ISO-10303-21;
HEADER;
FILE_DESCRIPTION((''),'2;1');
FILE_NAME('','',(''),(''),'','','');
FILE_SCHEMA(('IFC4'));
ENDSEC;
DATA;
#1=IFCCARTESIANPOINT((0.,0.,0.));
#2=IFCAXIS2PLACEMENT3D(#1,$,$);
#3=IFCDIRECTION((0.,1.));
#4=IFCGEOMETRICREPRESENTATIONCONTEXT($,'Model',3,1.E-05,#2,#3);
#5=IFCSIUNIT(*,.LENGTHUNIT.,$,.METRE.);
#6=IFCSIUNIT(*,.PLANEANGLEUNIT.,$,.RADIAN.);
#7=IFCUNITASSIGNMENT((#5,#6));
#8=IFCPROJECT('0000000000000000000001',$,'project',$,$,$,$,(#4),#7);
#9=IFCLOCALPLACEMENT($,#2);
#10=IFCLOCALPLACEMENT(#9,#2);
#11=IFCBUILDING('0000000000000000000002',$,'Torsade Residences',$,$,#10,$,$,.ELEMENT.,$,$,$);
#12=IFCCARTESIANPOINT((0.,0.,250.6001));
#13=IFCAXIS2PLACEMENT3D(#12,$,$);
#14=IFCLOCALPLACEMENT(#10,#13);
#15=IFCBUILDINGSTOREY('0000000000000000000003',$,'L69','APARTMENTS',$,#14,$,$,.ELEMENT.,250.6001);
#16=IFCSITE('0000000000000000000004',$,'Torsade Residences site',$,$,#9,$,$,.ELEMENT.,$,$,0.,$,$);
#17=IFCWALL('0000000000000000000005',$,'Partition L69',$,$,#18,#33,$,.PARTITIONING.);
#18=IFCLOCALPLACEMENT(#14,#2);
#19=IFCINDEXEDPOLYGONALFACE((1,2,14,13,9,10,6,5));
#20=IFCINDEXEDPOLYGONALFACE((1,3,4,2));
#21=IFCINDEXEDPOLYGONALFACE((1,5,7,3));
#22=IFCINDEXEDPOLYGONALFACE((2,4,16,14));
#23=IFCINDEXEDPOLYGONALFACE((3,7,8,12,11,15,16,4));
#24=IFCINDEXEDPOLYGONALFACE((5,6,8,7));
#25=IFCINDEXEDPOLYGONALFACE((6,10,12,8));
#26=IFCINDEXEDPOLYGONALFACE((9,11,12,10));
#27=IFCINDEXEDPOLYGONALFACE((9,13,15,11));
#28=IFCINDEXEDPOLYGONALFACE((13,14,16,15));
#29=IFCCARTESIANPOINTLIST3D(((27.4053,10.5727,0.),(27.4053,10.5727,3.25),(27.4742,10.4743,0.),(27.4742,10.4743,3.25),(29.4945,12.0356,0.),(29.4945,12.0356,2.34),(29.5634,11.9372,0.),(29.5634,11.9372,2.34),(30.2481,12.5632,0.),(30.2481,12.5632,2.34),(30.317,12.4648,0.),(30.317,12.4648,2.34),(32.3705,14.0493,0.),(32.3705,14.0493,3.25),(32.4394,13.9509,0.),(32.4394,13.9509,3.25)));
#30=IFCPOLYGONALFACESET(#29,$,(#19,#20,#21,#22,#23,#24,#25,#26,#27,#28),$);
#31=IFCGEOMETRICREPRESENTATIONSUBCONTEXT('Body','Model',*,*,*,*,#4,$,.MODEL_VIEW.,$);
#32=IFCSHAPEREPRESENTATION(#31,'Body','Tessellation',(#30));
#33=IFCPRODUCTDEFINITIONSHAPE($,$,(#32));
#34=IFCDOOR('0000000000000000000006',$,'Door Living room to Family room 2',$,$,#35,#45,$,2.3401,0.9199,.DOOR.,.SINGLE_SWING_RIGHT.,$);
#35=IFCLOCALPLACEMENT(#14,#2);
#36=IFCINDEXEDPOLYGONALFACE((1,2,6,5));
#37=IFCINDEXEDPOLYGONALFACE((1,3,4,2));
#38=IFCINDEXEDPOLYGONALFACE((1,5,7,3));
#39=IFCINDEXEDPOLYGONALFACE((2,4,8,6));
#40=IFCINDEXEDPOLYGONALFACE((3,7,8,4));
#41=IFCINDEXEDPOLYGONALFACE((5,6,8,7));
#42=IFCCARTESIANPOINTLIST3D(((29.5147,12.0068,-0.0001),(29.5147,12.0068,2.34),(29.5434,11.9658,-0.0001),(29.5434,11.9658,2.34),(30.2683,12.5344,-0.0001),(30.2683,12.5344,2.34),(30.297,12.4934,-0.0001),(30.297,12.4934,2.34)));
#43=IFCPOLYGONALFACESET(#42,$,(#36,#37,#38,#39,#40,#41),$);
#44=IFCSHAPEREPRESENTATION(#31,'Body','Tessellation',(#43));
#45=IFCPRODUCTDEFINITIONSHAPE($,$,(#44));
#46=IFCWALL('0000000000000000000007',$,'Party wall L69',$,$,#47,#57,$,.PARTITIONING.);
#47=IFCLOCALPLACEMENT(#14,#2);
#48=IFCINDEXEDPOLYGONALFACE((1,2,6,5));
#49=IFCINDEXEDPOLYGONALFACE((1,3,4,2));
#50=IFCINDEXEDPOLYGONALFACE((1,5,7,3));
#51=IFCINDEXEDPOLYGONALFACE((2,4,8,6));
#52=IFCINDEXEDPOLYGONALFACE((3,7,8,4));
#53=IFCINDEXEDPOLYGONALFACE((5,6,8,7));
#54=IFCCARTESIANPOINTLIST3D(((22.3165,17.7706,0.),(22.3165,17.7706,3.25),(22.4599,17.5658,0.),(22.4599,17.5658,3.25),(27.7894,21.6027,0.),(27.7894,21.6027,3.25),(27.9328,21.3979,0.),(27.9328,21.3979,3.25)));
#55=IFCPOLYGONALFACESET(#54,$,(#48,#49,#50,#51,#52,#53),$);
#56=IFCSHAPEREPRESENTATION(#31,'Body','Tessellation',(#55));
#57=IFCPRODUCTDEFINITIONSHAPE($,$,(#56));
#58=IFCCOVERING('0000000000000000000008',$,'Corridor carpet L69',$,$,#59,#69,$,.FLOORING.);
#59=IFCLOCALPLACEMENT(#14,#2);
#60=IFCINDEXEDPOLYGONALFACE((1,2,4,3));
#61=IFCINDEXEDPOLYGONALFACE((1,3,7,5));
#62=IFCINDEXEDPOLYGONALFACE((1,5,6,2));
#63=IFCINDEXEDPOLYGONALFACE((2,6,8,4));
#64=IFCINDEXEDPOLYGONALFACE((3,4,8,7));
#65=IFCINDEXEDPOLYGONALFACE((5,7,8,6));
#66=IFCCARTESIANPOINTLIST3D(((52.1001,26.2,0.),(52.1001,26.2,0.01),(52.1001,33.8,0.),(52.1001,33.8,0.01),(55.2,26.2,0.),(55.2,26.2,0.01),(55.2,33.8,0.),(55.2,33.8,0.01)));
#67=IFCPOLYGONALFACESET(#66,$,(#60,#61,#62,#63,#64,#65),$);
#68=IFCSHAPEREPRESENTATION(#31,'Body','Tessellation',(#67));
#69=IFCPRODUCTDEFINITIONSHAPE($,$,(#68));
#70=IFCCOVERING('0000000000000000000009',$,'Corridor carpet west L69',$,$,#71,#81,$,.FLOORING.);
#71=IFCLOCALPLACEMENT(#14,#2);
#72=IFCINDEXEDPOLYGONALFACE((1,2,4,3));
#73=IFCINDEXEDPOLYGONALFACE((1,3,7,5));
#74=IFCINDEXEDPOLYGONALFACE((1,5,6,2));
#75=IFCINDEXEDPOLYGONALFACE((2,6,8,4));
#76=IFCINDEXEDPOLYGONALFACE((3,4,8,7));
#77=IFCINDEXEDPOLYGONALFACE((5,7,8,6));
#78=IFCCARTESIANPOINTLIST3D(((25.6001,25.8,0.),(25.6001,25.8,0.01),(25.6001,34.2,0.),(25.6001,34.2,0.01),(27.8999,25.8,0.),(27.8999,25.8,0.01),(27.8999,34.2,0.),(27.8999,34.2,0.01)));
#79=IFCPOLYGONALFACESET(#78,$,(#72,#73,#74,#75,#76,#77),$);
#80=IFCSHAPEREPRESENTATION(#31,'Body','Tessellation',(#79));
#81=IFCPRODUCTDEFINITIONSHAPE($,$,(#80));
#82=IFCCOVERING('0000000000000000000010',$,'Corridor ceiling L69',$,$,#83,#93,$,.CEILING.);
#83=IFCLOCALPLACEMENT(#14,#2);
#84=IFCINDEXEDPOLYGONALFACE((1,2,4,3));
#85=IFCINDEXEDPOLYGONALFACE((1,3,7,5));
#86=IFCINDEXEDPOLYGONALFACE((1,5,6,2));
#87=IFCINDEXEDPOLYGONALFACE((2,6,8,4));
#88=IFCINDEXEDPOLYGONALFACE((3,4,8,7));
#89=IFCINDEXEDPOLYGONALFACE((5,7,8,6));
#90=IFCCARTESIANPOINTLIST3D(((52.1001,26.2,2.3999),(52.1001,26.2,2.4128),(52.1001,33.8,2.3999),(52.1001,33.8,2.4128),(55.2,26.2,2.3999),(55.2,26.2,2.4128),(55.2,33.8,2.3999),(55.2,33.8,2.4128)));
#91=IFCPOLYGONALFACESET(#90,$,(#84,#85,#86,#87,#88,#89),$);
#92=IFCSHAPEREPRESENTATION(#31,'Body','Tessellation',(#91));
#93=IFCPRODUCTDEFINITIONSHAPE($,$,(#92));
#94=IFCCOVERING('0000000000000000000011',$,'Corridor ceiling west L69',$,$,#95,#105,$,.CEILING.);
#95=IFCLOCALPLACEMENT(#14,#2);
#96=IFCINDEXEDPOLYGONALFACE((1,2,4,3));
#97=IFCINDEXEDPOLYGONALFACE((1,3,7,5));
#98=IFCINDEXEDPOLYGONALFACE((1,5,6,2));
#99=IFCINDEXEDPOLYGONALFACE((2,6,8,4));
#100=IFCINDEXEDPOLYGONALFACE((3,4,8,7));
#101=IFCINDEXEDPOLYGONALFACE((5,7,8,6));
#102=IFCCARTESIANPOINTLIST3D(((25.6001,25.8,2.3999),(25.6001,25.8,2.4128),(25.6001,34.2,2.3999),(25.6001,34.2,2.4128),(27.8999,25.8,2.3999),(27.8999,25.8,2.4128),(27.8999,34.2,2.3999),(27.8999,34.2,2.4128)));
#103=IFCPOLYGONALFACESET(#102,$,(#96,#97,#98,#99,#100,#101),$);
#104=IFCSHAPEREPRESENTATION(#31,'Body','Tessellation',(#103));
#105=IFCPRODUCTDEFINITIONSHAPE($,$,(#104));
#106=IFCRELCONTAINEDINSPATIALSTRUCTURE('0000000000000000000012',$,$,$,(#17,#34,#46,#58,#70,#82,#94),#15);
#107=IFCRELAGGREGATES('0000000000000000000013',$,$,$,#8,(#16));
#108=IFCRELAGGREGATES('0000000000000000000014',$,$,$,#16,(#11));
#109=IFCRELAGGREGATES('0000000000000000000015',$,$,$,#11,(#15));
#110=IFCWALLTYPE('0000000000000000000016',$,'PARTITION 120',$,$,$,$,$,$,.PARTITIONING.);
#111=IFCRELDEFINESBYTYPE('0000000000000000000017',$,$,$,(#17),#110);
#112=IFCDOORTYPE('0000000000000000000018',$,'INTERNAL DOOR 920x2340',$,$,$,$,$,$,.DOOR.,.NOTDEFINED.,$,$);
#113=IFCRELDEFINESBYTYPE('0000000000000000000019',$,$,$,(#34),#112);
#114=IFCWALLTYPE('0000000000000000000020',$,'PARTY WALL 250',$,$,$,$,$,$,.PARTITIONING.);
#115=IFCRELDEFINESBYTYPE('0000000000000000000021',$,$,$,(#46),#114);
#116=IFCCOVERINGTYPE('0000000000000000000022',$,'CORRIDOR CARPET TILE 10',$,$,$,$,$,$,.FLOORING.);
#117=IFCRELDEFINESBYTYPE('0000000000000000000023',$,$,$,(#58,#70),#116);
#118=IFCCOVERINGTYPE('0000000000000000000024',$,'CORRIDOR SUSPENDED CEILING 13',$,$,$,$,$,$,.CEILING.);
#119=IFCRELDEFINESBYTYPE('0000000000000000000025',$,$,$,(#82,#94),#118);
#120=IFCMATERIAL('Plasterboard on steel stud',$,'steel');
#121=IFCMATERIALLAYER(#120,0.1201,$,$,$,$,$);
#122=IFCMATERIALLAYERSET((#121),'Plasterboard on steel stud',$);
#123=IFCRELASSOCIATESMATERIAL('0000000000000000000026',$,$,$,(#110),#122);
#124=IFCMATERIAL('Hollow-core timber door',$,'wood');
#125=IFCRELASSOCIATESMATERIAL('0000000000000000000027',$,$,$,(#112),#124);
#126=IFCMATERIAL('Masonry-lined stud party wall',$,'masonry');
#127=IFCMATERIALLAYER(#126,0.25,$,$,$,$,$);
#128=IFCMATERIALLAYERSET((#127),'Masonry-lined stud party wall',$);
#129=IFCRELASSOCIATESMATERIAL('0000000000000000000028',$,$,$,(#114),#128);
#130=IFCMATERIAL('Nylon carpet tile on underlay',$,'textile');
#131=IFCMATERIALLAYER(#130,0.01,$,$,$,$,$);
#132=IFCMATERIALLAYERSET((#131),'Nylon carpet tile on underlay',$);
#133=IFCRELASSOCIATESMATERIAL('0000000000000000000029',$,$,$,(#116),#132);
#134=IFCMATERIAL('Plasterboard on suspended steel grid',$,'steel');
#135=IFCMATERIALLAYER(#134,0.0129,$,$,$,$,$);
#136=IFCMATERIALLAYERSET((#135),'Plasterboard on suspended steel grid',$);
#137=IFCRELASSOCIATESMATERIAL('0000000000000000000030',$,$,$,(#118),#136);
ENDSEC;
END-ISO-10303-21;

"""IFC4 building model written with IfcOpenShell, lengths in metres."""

from ifc_helpers import new_model, si_unit, direction, frame, frame_2d, origin, place, context, subcontext, project, spatial, polyline, rectangle, outline, extrude, material, layer, layer_set, type_object, element, fill, save


model = new_model("IFC4")

# Units and contexts
model_context = context("Model", 3, precision=1e-05, world=origin(), true_north=direction((0.0, 1.0)))
body_context = subcontext(model_context, "Body", "Model", "MODEL_VIEW")
ifc_project = project(units=[si_unit("LENGTHUNIT", "METRE"), si_unit("PLANEANGLEUNIT", "RADIAN")], contexts=[model_context])

# Site, building, storey
site_placement = place(None, origin())
site = spatial("IfcSite", under=ifc_project, at=site_placement, Name="Torsade Residences site", CompositionType="ELEMENT", RefElevation=0.0)
building_placement = place(site_placement, origin())
building = spatial("IfcBuilding", under=site, at=building_placement, Name="Torsade Residences", CompositionType="ELEMENT")
storey_placement = place(building_placement, frame((0.0, 0.0, 250.6001)))
storey = spatial("IfcBuildingStorey", under=building, at=storey_placement, Name="L69", Description="APARTMENTS", CompositionType="ELEMENT", Elevation=250.6001)

# Shared definitions
ifc_material_1 = material(Name="Plasterboard on steel stud", Category="steel")
ifc_layer_1 = layer(ifc_material_1, 0.1201)
ifc_layer_set_1 = layer_set([ifc_layer_1], Name="Plasterboard on steel stud")
wall_type_1 = type_object("IfcWallType", Name="PARTITION 120", PredefinedType="PARTITIONING", material=ifc_layer_set_1)

# Wall, opening, door
wall_1_placement = place(storey_placement, frame((27.4397, 10.5234, 0.0), z_axis=(0.0, 0.0, 1.0), x_axis=(0.819154, 0.573573, 0.0)))
wall_1 = element("IfcWall", 1, at=wall_1_placement, inside=storey, type_object=wall_type_1, Name="Partition L69", PredefinedType="PARTITIONING", context=body_context, shape_type="SweptSolid", body=[
    extrude(rectangle(XDim=6.0613, YDim=0.1201, at=frame_2d((3.0308, 0.0))), origin(), (0.0, 0.0, 1.0), 3.25),
])
opening_placement = place(wall_1_placement, frame((2.5505, 0.0, 0.0)))
opening = element("IfcOpeningElement", 2, at=opening_placement, cuts=wall_1, PredefinedType="OPENING", context=body_context, shape_type="SweptSolid", body=[
    extrude(rectangle(XDim=0.9199, YDim=2.3401, at=frame_2d((0.46, 1.1699))), frame((0.0, 0.0701, 0.0), z_axis=(0.0, -1.0, 0.0), x_axis=(1.0, 0.0, 0.0)), (0.0, 0.0, 1.0), 0.1401),
])
ifc_material_2 = material(Name="Hollow-core timber door", Category="wood")
door_type = type_object("IfcDoorType", Name="INTERNAL DOOR 920x2340", OperationType="NOTDEFINED", PredefinedType="DOOR", material=ifc_material_2)
door_placement = place(opening_placement, origin())
door = element("IfcDoor", 3, at=door_placement, inside=storey, type_object=door_type, Name="Door Living room to Family room 2", OperationType="SINGLE_SWING_RIGHT", OverallHeight=2.3401, OverallWidth=0.9199, PredefinedType="DOOR", context=body_context, shape_type="SweptSolid", body=[
    extrude(rectangle(XDim=0.9199, YDim=2.3401, at=frame_2d((0.46, 1.1699))), frame((0.0, 0.0249, 0.0), z_axis=(0.0, -1.0, 0.0), x_axis=(1.0, 0.0, 0.0)), (0.0, 0.0, 1.0), 0.05),
])
fill(opening, door)

# Wall
ifc_material_3 = material(Name="Masonry-lined stud party wall", Category="masonry")
ifc_layer_2 = layer(ifc_material_3, 0.25)
ifc_layer_set_2 = layer_set([ifc_layer_2], Name="Masonry-lined stud party wall")
wall_type_2 = type_object("IfcWallType", Name="PARTY WALL 250", PredefinedType="PARTITIONING", material=ifc_layer_set_2)
wall_2_placement = place(storey_placement, frame((22.3882, 17.6682, 0.0), z_axis=(0.0, 0.0, 1.0), x_axis=(0.819162, 0.573563, 0.0)))
element("IfcWall", 4, at=wall_2_placement, inside=storey, type_object=wall_type_2, Name="Party wall L69", PredefinedType="PARTITIONING", context=body_context, shape_type="SweptSolid", body=[
    extrude(rectangle(XDim=6.6812, YDim=0.25, at=frame_2d((3.3406, 0.0))), origin(), (0.0, 0.0, 1.0), 3.25),
])

# Coverings
ifc_material_4 = material(Name="Nylon carpet tile on underlay", Category="textile")
ifc_layer_3 = layer(ifc_material_4, 0.01)
ifc_layer_set_3 = layer_set([ifc_layer_3], Name="Nylon carpet tile on underlay")
covering_type_1 = type_object("IfcCoveringType", Name="CORRIDOR CARPET TILE 10", PredefinedType="FLOORING", material=ifc_layer_set_3)
covering_1_placement = place(storey_placement, origin())
element("IfcCovering", 5, at=covering_1_placement, inside=storey, type_object=covering_type_1, Name="Corridor carpet L69", PredefinedType="FLOORING", context=body_context, shape_type="SweptSolid", body=[
    extrude(outline(polyline([(55.2, 26.2), (55.2, 33.8), (52.1001, 33.8), (52.1001, 26.2), (55.2, 26.2)])), origin(), (0.0, 0.0, 1.0), 0.01),
])
covering_2_placement = place(storey_placement, origin())
element("IfcCovering", 6, at=covering_2_placement, inside=storey, type_object=covering_type_1, Name="Corridor carpet west L69", PredefinedType="FLOORING", context=body_context, shape_type="SweptSolid", body=[
    extrude(outline(polyline([(27.8999, 25.8), (27.8999, 34.2), (25.6001, 34.2), (25.6001, 25.8), (27.8999, 25.8)])), origin(), (0.0, 0.0, 1.0), 0.01),
])
ifc_material_5 = material(Name="Plasterboard on suspended steel grid", Category="steel")
ifc_layer_4 = layer(ifc_material_5, 0.0129)
ifc_layer_set_4 = layer_set([ifc_layer_4], Name="Plasterboard on suspended steel grid")
covering_type_2 = type_object("IfcCoveringType", Name="CORRIDOR SUSPENDED CEILING 13", PredefinedType="CEILING", material=ifc_layer_set_4)
covering_3_placement = place(storey_placement, frame((0.0, 0.0, 2.3999)))
element("IfcCovering", 7, at=covering_3_placement, inside=storey, type_object=covering_type_2, Name="Corridor ceiling L69", PredefinedType="CEILING", context=body_context, shape_type="SweptSolid", body=[
    extrude(outline(polyline([(55.2, 26.2), (55.2, 33.8), (52.1001, 33.8), (52.1001, 26.2), (55.2, 26.2)])), origin(), (0.0, 0.0, 1.0), 0.0129),
])
covering_4_placement = place(storey_placement, frame((0.0, 0.0, 2.3999)))
element("IfcCovering", 8, at=covering_4_placement, inside=storey, type_object=covering_type_2, Name="Corridor ceiling west L69", PredefinedType="CEILING", context=body_context, shape_type="SweptSolid", body=[
    extrude(outline(polyline([(27.8999, 25.8), (27.8999, 34.2), (25.6001, 34.2), (25.6001, 25.8), (27.8999, 25.8)])), origin(), (0.0, 0.0, 1.0), 0.0129),
])

save(model, "model.ifc")
